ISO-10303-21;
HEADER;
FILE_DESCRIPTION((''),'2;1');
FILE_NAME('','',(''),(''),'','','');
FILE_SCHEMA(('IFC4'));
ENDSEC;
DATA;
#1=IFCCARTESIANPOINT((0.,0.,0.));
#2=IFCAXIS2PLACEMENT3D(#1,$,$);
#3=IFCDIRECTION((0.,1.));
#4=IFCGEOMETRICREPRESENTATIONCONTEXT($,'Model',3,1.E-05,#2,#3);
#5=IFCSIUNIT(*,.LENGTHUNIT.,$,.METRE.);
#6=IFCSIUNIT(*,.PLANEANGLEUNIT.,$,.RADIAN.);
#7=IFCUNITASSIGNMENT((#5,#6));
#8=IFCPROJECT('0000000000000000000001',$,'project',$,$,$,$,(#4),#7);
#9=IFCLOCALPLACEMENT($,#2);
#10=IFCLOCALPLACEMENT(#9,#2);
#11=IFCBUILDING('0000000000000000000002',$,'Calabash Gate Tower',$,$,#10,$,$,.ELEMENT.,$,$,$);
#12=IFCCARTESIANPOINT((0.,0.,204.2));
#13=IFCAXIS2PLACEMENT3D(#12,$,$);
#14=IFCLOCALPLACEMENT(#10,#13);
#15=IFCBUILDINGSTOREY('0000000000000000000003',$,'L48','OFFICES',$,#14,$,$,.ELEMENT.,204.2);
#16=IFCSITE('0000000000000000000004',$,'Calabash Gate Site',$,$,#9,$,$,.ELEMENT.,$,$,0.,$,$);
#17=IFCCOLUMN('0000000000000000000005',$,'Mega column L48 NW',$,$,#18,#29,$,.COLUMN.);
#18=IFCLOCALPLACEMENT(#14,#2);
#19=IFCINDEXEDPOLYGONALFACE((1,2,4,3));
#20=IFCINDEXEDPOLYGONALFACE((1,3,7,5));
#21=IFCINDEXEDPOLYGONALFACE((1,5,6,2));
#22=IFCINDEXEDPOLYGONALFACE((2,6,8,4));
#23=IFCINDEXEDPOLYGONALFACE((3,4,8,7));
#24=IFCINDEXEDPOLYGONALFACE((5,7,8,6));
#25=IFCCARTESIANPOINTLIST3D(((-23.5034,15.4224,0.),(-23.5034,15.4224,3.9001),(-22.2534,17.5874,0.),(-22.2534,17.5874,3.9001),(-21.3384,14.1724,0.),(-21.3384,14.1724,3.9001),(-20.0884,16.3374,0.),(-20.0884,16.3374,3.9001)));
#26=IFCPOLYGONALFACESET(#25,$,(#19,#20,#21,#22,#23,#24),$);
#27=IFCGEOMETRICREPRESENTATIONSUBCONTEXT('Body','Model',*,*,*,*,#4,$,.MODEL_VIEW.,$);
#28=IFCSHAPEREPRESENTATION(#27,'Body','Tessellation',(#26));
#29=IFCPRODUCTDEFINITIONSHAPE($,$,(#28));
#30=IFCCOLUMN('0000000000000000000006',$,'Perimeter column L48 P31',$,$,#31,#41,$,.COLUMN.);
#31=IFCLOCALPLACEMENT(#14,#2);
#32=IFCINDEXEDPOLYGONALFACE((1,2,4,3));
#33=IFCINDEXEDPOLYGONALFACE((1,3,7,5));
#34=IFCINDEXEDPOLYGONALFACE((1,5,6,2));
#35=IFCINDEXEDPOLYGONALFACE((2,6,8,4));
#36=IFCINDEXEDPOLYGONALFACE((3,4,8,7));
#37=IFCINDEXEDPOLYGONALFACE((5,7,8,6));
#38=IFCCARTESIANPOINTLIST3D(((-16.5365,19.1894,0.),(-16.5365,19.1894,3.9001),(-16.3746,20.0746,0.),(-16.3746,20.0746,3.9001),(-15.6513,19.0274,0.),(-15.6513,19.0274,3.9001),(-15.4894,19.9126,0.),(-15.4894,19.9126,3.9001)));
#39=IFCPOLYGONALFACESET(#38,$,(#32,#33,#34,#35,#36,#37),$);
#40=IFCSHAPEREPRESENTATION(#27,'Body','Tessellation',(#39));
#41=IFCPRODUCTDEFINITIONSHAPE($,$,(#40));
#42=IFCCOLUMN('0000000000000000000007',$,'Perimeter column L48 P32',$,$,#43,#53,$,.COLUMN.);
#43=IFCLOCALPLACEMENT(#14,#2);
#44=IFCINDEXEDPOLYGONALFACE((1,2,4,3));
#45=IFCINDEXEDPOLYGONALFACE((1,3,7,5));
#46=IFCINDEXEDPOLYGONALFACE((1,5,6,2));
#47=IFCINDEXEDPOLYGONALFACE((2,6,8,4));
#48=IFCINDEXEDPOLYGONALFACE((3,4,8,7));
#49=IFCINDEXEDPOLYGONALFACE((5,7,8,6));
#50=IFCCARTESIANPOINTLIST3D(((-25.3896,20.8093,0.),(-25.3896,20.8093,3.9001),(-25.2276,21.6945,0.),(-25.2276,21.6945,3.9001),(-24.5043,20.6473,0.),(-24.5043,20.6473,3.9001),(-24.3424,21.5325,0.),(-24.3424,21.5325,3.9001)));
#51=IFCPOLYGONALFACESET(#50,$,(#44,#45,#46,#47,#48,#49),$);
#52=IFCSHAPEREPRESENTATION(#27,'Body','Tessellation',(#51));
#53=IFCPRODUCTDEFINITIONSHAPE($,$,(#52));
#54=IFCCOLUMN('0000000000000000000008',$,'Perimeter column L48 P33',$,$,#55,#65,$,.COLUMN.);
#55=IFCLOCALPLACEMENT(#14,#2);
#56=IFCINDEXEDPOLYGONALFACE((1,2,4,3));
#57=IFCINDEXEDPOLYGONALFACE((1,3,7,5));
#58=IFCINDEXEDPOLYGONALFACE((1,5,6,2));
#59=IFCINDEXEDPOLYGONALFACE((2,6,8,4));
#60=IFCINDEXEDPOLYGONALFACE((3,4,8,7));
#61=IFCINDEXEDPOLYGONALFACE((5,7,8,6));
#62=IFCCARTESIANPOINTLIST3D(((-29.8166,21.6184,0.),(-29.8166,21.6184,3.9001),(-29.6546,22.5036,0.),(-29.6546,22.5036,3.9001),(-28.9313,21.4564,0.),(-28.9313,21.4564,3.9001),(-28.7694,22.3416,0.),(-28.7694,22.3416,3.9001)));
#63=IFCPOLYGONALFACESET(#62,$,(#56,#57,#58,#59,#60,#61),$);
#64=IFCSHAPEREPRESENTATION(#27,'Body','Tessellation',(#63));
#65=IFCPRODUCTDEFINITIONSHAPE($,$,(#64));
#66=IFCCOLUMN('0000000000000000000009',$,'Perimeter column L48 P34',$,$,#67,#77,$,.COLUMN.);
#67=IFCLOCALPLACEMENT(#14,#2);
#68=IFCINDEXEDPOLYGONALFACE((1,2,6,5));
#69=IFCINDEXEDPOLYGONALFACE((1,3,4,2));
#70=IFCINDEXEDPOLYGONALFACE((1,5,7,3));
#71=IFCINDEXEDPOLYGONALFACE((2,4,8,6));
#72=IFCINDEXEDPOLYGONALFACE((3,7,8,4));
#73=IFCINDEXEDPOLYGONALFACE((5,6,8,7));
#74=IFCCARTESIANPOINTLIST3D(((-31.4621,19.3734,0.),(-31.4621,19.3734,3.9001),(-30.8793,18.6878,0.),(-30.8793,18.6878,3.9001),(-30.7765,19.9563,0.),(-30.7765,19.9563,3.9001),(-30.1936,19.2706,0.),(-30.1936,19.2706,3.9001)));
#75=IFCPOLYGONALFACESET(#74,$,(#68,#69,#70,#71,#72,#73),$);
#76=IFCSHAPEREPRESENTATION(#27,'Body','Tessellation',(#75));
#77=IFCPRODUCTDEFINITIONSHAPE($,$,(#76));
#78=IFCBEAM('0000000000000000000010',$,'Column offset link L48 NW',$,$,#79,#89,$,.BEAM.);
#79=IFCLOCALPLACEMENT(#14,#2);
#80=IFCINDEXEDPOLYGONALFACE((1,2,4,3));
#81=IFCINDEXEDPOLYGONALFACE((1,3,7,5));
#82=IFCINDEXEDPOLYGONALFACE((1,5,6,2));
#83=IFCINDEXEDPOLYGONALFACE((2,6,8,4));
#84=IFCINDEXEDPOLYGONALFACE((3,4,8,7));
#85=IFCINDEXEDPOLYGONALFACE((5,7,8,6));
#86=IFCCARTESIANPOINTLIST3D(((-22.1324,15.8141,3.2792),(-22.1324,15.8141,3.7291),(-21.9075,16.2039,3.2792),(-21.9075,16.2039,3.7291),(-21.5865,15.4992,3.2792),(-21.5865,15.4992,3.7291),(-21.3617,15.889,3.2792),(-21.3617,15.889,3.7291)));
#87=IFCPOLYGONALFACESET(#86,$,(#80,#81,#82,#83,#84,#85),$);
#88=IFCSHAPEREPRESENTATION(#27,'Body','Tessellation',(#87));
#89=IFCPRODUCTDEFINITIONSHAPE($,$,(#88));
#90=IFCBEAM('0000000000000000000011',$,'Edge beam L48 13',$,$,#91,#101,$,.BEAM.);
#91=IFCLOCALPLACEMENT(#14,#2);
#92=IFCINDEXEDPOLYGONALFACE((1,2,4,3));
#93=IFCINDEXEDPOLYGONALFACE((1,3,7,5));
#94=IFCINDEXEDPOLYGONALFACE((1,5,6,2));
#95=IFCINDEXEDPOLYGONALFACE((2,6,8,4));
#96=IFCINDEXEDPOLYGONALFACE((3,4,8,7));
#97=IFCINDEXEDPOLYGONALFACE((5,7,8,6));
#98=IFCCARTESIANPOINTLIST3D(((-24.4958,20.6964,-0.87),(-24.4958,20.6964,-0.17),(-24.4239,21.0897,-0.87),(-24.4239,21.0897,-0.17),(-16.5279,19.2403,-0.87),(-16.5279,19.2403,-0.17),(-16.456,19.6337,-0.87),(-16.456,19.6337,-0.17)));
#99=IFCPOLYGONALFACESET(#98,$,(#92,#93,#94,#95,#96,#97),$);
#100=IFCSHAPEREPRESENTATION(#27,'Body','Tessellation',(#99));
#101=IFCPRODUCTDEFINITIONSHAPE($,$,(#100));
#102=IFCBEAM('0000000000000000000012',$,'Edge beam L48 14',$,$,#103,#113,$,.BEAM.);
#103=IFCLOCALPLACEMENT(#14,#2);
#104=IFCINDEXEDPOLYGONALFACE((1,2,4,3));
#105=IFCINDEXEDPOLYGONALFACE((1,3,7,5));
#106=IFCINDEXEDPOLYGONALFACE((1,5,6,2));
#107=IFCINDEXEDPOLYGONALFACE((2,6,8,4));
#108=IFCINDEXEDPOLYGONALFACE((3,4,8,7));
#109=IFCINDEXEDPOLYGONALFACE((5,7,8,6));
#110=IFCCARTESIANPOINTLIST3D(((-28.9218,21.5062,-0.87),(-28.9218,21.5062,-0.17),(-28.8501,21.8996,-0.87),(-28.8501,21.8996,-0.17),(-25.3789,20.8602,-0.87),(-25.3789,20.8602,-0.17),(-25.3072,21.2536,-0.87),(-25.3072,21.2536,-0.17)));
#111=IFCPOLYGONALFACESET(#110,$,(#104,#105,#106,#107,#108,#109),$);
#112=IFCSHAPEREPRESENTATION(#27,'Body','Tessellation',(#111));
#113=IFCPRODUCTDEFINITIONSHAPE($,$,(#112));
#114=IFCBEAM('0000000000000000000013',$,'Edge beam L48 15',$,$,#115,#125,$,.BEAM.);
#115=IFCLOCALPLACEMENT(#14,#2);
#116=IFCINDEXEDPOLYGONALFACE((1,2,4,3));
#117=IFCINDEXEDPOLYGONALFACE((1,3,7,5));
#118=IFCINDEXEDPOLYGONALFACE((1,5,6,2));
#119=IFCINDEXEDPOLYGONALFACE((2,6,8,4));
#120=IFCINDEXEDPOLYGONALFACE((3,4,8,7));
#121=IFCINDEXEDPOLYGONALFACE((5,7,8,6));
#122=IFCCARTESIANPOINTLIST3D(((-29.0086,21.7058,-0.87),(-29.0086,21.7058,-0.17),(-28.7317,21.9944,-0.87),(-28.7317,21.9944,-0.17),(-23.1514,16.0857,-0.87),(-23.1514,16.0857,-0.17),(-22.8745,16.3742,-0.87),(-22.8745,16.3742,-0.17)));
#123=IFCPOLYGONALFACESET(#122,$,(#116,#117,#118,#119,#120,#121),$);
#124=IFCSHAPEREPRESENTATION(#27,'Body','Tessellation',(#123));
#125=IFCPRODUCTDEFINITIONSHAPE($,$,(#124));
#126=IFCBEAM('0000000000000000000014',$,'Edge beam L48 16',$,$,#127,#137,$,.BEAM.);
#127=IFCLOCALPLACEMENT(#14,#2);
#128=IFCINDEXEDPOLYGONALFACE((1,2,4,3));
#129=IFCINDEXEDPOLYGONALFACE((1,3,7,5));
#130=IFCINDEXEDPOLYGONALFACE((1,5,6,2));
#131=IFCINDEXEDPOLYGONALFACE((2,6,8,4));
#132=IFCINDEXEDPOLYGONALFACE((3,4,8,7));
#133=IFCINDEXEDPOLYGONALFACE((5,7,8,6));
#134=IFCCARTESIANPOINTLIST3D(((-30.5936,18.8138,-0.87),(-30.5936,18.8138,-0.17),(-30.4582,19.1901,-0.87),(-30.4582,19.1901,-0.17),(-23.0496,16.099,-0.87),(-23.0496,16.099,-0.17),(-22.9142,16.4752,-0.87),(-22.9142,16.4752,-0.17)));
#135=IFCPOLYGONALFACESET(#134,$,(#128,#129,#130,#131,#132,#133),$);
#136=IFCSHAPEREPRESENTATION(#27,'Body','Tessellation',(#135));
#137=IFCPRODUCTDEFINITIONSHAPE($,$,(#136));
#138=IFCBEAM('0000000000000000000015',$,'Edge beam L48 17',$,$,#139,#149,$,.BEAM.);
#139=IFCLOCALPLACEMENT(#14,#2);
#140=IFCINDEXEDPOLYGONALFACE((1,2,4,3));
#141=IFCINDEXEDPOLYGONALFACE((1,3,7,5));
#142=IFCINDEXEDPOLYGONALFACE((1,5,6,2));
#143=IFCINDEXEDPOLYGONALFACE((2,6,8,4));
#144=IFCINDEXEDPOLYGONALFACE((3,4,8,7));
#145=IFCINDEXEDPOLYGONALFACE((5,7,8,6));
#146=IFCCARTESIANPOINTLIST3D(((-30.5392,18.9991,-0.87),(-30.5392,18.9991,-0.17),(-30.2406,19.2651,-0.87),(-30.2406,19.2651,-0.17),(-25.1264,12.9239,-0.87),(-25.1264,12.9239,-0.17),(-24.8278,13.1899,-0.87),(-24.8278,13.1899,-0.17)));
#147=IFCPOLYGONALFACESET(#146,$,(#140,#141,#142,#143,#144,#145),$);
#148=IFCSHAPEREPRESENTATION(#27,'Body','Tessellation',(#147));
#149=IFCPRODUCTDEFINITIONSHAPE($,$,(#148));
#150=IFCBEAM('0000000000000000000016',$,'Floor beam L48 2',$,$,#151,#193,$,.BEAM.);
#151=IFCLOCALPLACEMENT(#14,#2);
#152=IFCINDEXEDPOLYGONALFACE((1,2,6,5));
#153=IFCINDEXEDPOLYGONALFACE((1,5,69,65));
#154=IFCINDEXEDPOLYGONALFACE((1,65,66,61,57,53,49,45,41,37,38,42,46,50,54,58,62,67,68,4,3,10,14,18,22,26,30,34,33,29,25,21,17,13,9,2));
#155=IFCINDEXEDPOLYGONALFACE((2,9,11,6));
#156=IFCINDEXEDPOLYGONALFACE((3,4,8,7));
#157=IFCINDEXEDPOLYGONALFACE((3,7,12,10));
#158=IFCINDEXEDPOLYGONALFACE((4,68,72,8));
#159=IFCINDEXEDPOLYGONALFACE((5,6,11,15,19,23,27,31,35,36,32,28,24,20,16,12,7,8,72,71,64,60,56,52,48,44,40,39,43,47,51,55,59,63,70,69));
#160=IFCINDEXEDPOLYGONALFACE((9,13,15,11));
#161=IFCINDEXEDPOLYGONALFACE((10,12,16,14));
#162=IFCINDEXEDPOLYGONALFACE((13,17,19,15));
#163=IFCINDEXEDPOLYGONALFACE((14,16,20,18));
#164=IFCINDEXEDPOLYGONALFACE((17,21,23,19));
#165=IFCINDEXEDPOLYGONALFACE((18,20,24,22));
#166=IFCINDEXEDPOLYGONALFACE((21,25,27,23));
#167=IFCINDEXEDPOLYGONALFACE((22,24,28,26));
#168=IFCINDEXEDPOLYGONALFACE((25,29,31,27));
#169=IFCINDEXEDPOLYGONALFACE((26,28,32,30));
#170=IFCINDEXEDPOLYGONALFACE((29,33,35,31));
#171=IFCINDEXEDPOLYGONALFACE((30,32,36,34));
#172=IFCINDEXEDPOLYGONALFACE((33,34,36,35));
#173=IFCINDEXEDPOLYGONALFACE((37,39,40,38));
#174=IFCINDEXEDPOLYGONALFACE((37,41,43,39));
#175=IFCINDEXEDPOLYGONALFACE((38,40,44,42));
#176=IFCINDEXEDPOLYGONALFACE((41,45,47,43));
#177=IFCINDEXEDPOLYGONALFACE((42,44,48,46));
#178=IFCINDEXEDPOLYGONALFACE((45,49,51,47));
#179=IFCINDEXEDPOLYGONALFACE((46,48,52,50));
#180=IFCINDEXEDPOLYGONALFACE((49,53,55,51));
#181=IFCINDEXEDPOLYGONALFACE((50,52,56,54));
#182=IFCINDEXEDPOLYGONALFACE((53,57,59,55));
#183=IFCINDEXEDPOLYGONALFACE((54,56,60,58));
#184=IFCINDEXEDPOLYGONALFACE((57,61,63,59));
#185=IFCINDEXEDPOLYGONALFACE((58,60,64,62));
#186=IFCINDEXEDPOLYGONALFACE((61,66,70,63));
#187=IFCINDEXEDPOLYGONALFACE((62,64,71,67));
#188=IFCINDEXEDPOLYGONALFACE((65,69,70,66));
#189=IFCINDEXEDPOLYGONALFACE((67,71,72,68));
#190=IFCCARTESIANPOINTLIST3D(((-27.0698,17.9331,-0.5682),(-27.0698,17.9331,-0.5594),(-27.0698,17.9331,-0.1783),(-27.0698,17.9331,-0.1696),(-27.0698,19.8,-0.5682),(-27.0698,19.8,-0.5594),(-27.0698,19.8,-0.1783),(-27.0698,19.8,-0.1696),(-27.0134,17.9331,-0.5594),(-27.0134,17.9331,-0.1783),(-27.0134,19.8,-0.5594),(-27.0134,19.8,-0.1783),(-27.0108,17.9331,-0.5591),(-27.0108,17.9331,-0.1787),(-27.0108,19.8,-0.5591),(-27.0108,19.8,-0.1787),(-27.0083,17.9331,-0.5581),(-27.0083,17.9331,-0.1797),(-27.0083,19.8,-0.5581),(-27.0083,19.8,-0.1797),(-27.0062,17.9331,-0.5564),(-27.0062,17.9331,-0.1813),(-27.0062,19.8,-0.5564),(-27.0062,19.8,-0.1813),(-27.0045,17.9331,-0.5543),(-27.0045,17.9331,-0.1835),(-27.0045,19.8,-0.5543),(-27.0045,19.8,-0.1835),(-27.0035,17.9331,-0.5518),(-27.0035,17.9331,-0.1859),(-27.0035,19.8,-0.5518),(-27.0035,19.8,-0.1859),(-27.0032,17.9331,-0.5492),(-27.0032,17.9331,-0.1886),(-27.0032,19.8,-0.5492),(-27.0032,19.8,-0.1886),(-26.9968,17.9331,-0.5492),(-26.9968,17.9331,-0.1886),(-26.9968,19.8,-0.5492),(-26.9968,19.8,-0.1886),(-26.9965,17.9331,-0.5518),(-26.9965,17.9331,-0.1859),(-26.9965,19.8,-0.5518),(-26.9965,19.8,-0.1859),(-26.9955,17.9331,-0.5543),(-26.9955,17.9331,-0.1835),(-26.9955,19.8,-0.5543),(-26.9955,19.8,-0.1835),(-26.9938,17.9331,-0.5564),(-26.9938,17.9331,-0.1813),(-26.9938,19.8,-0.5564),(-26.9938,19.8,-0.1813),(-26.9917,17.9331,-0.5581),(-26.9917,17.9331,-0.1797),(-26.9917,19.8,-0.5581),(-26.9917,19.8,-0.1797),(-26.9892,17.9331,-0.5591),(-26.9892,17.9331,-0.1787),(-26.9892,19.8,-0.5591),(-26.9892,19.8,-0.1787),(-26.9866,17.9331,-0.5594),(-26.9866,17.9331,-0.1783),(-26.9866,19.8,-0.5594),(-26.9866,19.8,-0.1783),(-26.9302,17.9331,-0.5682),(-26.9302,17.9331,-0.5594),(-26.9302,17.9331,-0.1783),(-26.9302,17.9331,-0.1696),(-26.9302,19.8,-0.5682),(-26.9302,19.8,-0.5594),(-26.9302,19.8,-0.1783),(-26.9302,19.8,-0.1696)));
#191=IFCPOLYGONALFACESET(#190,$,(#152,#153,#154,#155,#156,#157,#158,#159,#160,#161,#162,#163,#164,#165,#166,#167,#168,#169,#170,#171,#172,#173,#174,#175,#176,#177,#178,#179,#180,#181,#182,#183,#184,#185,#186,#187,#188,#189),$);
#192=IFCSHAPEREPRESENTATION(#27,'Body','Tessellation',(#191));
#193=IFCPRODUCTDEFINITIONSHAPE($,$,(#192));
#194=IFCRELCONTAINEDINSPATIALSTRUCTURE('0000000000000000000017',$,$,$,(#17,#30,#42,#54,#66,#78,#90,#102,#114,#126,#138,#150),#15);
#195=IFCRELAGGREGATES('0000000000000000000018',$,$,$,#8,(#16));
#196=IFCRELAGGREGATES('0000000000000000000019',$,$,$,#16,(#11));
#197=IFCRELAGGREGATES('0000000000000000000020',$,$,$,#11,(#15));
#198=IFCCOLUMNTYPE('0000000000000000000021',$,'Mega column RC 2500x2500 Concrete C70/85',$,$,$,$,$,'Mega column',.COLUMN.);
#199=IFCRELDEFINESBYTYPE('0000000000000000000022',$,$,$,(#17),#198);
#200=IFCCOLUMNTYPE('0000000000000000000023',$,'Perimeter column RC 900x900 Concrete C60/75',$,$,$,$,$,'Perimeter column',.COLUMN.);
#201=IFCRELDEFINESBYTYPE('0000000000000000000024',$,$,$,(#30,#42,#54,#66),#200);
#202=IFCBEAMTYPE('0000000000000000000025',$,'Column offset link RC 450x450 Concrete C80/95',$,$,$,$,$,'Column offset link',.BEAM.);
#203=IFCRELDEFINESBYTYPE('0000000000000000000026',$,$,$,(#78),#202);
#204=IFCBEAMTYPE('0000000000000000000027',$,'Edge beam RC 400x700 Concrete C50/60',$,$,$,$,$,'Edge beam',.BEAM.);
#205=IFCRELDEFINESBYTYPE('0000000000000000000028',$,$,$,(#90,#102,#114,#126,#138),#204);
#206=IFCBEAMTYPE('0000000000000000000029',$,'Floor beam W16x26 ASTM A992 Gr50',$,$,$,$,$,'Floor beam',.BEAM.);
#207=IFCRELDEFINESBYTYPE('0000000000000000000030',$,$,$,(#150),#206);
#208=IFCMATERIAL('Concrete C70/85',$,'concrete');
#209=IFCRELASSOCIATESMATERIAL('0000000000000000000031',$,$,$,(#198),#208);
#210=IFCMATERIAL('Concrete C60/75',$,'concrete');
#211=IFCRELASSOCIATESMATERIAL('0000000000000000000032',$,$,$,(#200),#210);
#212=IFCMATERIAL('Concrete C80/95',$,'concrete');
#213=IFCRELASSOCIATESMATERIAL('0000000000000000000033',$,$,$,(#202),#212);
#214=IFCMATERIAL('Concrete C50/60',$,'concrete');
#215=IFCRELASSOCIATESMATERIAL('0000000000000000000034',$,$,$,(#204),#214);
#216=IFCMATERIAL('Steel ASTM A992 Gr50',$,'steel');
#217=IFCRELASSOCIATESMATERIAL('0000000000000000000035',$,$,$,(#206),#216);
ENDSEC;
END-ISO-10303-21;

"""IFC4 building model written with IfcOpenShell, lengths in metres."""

from ifc_helpers import new_model, si_unit, direction, frame, origin, origin_2d, place, context, subcontext, project, spatial, rectangle, i_section, extrude, material, material_profile, profile_set, type_object, element, save


model = new_model("IFC4")

# Units and contexts
model_context = context("Model", 3, precision=1e-05, world=origin(), true_north=direction((0.0, 1.0)))
body_context = subcontext(model_context, "Body", "Model", "MODEL_VIEW")
ifc_project = project(units=[si_unit("LENGTHUNIT", "METRE"), si_unit("PLANEANGLEUNIT", "RADIAN")], contexts=[model_context])

# Site, building, storey
site_placement = place(None, origin())
site = spatial("IfcSite", under=ifc_project, at=site_placement, Name="Calabash Gate Site", CompositionType="ELEMENT", RefElevation=0.0)
building_placement = place(site_placement, origin())
building = spatial("IfcBuilding", under=site, at=building_placement, Name="Calabash Gate Tower", CompositionType="ELEMENT")
storey_placement = place(building_placement, frame((0.0, 0.0, 204.2)))
storey = spatial("IfcBuildingStorey", under=building, at=storey_placement, Name="L48", Description="OFFICES", CompositionType="ELEMENT", Elevation=204.2)

# Columns
ifc_material_1 = material(Name="Concrete C70/85", Category="concrete")
ifc_material_profile_1 = material_profile(ifc_material_1, rectangle(XDim=2.5, YDim=2.5, at=origin_2d()))
ifc_profile_set_1 = profile_set([ifc_material_profile_1], Name="Concrete C70/85")
column_type_1 = type_object("IfcColumnType", Name="Mega column RC 2500x2500 Concrete C70/85", ElementType="Mega column", PredefinedType="COLUMN", material=ifc_profile_set_1)
column_placement = place(storey_placement, frame((-21.7959, 15.8799, 0.0), z_axis=(0.0, 0.0, 1.0), x_axis=(0.866025, -0.5, 0.0)))
element("IfcColumn", 1, at=column_placement, inside=storey, type_object=column_type_1, Name="Mega column L48 NW", PredefinedType="COLUMN", context=body_context, shape_type="SweptSolid", body=[
    extrude(rectangle(XDim=2.5, YDim=2.5, at=origin_2d()), origin(), (0.0, 0.0, 1.0), 3.9001),
])
ifc_material_2 = material(Name="Concrete C60/75", Category="concrete")
ifc_material_profile_2 = material_profile(ifc_material_2, rectangle(XDim=0.8999, YDim=0.8999, at=origin_2d()))
ifc_profile_set_2 = profile_set([ifc_material_profile_2], Name="Concrete C60/75")
column_type_2 = type_object("IfcColumnType", Name="Perimeter column RC 900x900 Concrete C60/75", ElementType="Perimeter column", PredefinedType="COLUMN", material=ifc_profile_set_2)
for number, where, z_axis, x_axis, name in (
    (2, (-16.0129, 19.551, 0.0), (0.0, 0.0, 1.0), (-0.98367, 0.179982, 0.0), "Perimeter column L48 P31"),
    (3, (-24.866, 21.1709, 0.0), (0.0, 0.0, 1.0), (-0.98367, 0.179982, 0.0), "Perimeter column L48 P32"),
    (4, (-29.293, 21.98, 0.0), (0.0, 0.0, 1.0), (-0.98367, 0.179982, 0.0), "Perimeter column L48 P33"),
    (5, (-30.8279, 19.322, 0.0), (0.0, 0.0, 1.0), (0.647704, -0.761892, 0.0), "Perimeter column L48 P34"),
):
    element("IfcColumn", number, at=place(storey_placement, frame(where, z_axis=z_axis, x_axis=x_axis)), inside=storey, type_object=column_type_2, Name=name, PredefinedType="COLUMN", context=body_context, shape_type="SweptSolid", body=[
        extrude(rectangle(XDim=0.8999, YDim=0.8999, at=origin_2d()), origin(), (0.0, 0.0, 1.0), 3.9001),
    ])

# Beams
ifc_material_3 = material(Name="Concrete C80/95", Category="concrete")
ifc_material_profile_3 = material_profile(ifc_material_3, rectangle(XDim=0.45, YDim=0.45, at=origin_2d()))
ifc_profile_set_3 = profile_set([ifc_material_profile_3], Name="Concrete C80/95")
beam_type_1 = type_object("IfcBeamType", Name="Column offset link RC 450x450 Concrete C80/95", ElementType="Column offset link", PredefinedType="BEAM", material=ifc_profile_set_3)
beam_1_placement = place(storey_placement, frame((-21.4741, 15.6941, 3.5042), z_axis=(-0.866186, 0.499722, 0.0), x_axis=(-0.499722, -0.866186, 0.0)))
element("IfcBeam", 6, at=beam_1_placement, inside=storey, type_object=beam_type_1, Name="Column offset link L48 NW", PredefinedType="BEAM", context=body_context, shape_type="SweptSolid", body=[
    extrude(rectangle(XDim=0.45, YDim=0.45, at=origin_2d()), origin(), (0.0, 0.0, 1.0), 0.6301),
])
ifc_material_4 = material(Name="Concrete C50/60", Category="concrete")
ifc_material_profile_4 = material_profile(ifc_material_4, rectangle(XDim=0.3999, YDim=0.7, at=origin_2d()))
ifc_profile_set_4 = profile_set([ifc_material_profile_4], Name="Concrete C50/60")
beam_type_2 = type_object("IfcBeamType", Name="Edge beam RC 400x700 Concrete C50/60", ElementType="Edge beam", PredefinedType="BEAM", material=ifc_profile_set_4)
beam_2_placement = place(storey_placement, frame((-16.4919, 19.437, -0.52), z_axis=(-0.98371, 0.179761, 0.0), x_axis=(-0.179761, -0.98371, 0.0)))
element("IfcBeam", 7, at=beam_2_placement, inside=storey, type_object=beam_type_2, Name="Edge beam L48 13", PredefinedType="BEAM", context=body_context, shape_type="SweptSolid", body=[
    extrude(rectangle(XDim=0.3999, YDim=0.7, at=origin_2d()), origin(), (0.0, 0.0, 1.0), 8.0999),
])
beam_3_placement = place(storey_placement, frame((-25.343, 21.0569, -0.52), z_axis=(-0.983781, 0.179375, 0.0), x_axis=(-0.179375, -0.983781, 0.0)))
element("IfcBeam", 8, at=beam_3_placement, inside=storey, type_object=beam_type_2, Name="Edge beam L48 14", PredefinedType="BEAM", context=body_context, shape_type="SweptSolid", body=[
    extrude(rectangle(XDim=0.3999, YDim=0.7, at=origin_2d()), origin(), (0.0, 0.0, 1.0), 3.6013),
])
beam_4_placement = place(storey_placement, frame((-28.8701, 21.8501, -0.52), z_axis=(0.721558, -0.692354, 0.0), x_axis=(0.692354, 0.721558, 0.0)))
element("IfcBeam", 9, at=beam_4_placement, inside=storey, type_object=beam_type_2, Name="Edge beam L48 15", PredefinedType="BEAM", context=body_context, shape_type="SweptSolid", body=[
    extrude(rectangle(XDim=0.3999, YDim=0.7, at=origin_2d()), origin(), (0.0, 0.0, 1.0), 8.1174),
])
beam_5_placement = place(storey_placement, frame((-22.9819, 16.2871, -0.52), z_axis=(-0.940926, 0.338612, 0.0), x_axis=(-0.338612, -0.940926, 0.0)))
element("IfcBeam", 10, at=beam_5_placement, inside=storey, type_object=beam_type_2, Name="Edge beam L48 16", PredefinedType="BEAM", context=body_context, shape_type="SweptSolid", body=[
    extrude(rectangle(XDim=0.3999, YDim=0.7, at=origin_2d()), origin(), (0.0, 0.0, 1.0), 8.0176),
])
beam_6_placement = place(storey_placement, frame((-30.3899, 19.1321, -0.52), z_axis=(0.665233, -0.746636, 0.0), x_axis=(0.746636, 0.665233, 0.0)))
element("IfcBeam", 11, at=beam_6_placement, inside=storey, type_object=beam_type_2, Name="Edge beam L48 17", PredefinedType="BEAM", context=body_context, shape_type="SweptSolid", body=[
    extrude(rectangle(XDim=0.3999, YDim=0.7, at=origin_2d()), origin(), (0.0, 0.0, 1.0), 8.1367),
])
ifc_material_5 = material(Name="Steel ASTM A992 Gr50", Category="steel")
ifc_material_profile_5 = material_profile(ifc_material_5, i_section(OverallWidth=0.1396, OverallDepth=0.3987, WebThickness=0.0063, FlangeThickness=0.0088, FilletRadius=0.0103, at=origin_2d()))
ifc_profile_set_5 = profile_set([ifc_material_profile_5], Name="Steel ASTM A992 Gr50")
beam_type_3 = type_object("IfcBeamType", Name="Floor beam W16x26 ASTM A992 Gr50", ElementType="Floor beam", PredefinedType="BEAM", material=ifc_profile_set_5)
beam_7_placement = place(storey_placement, frame((-27.0, 17.9331, -0.3689), z_axis=(0.0, 1.0, 0.0), x_axis=(-1.0, 0.0, 0.0)))
element("IfcBeam", 12, at=beam_7_placement, inside=storey, type_object=beam_type_3, Name="Floor beam L48 2", PredefinedType="BEAM", context=body_context, shape_type="SweptSolid", body=[
    extrude(i_section(OverallWidth=0.1396, OverallDepth=0.3987, WebThickness=0.0063, FlangeThickness=0.0088, FilletRadius=0.0103, at=origin_2d()), origin(), (0.0, 0.0, 1.0), 1.8669),
])

save(model, "model.ifc")
